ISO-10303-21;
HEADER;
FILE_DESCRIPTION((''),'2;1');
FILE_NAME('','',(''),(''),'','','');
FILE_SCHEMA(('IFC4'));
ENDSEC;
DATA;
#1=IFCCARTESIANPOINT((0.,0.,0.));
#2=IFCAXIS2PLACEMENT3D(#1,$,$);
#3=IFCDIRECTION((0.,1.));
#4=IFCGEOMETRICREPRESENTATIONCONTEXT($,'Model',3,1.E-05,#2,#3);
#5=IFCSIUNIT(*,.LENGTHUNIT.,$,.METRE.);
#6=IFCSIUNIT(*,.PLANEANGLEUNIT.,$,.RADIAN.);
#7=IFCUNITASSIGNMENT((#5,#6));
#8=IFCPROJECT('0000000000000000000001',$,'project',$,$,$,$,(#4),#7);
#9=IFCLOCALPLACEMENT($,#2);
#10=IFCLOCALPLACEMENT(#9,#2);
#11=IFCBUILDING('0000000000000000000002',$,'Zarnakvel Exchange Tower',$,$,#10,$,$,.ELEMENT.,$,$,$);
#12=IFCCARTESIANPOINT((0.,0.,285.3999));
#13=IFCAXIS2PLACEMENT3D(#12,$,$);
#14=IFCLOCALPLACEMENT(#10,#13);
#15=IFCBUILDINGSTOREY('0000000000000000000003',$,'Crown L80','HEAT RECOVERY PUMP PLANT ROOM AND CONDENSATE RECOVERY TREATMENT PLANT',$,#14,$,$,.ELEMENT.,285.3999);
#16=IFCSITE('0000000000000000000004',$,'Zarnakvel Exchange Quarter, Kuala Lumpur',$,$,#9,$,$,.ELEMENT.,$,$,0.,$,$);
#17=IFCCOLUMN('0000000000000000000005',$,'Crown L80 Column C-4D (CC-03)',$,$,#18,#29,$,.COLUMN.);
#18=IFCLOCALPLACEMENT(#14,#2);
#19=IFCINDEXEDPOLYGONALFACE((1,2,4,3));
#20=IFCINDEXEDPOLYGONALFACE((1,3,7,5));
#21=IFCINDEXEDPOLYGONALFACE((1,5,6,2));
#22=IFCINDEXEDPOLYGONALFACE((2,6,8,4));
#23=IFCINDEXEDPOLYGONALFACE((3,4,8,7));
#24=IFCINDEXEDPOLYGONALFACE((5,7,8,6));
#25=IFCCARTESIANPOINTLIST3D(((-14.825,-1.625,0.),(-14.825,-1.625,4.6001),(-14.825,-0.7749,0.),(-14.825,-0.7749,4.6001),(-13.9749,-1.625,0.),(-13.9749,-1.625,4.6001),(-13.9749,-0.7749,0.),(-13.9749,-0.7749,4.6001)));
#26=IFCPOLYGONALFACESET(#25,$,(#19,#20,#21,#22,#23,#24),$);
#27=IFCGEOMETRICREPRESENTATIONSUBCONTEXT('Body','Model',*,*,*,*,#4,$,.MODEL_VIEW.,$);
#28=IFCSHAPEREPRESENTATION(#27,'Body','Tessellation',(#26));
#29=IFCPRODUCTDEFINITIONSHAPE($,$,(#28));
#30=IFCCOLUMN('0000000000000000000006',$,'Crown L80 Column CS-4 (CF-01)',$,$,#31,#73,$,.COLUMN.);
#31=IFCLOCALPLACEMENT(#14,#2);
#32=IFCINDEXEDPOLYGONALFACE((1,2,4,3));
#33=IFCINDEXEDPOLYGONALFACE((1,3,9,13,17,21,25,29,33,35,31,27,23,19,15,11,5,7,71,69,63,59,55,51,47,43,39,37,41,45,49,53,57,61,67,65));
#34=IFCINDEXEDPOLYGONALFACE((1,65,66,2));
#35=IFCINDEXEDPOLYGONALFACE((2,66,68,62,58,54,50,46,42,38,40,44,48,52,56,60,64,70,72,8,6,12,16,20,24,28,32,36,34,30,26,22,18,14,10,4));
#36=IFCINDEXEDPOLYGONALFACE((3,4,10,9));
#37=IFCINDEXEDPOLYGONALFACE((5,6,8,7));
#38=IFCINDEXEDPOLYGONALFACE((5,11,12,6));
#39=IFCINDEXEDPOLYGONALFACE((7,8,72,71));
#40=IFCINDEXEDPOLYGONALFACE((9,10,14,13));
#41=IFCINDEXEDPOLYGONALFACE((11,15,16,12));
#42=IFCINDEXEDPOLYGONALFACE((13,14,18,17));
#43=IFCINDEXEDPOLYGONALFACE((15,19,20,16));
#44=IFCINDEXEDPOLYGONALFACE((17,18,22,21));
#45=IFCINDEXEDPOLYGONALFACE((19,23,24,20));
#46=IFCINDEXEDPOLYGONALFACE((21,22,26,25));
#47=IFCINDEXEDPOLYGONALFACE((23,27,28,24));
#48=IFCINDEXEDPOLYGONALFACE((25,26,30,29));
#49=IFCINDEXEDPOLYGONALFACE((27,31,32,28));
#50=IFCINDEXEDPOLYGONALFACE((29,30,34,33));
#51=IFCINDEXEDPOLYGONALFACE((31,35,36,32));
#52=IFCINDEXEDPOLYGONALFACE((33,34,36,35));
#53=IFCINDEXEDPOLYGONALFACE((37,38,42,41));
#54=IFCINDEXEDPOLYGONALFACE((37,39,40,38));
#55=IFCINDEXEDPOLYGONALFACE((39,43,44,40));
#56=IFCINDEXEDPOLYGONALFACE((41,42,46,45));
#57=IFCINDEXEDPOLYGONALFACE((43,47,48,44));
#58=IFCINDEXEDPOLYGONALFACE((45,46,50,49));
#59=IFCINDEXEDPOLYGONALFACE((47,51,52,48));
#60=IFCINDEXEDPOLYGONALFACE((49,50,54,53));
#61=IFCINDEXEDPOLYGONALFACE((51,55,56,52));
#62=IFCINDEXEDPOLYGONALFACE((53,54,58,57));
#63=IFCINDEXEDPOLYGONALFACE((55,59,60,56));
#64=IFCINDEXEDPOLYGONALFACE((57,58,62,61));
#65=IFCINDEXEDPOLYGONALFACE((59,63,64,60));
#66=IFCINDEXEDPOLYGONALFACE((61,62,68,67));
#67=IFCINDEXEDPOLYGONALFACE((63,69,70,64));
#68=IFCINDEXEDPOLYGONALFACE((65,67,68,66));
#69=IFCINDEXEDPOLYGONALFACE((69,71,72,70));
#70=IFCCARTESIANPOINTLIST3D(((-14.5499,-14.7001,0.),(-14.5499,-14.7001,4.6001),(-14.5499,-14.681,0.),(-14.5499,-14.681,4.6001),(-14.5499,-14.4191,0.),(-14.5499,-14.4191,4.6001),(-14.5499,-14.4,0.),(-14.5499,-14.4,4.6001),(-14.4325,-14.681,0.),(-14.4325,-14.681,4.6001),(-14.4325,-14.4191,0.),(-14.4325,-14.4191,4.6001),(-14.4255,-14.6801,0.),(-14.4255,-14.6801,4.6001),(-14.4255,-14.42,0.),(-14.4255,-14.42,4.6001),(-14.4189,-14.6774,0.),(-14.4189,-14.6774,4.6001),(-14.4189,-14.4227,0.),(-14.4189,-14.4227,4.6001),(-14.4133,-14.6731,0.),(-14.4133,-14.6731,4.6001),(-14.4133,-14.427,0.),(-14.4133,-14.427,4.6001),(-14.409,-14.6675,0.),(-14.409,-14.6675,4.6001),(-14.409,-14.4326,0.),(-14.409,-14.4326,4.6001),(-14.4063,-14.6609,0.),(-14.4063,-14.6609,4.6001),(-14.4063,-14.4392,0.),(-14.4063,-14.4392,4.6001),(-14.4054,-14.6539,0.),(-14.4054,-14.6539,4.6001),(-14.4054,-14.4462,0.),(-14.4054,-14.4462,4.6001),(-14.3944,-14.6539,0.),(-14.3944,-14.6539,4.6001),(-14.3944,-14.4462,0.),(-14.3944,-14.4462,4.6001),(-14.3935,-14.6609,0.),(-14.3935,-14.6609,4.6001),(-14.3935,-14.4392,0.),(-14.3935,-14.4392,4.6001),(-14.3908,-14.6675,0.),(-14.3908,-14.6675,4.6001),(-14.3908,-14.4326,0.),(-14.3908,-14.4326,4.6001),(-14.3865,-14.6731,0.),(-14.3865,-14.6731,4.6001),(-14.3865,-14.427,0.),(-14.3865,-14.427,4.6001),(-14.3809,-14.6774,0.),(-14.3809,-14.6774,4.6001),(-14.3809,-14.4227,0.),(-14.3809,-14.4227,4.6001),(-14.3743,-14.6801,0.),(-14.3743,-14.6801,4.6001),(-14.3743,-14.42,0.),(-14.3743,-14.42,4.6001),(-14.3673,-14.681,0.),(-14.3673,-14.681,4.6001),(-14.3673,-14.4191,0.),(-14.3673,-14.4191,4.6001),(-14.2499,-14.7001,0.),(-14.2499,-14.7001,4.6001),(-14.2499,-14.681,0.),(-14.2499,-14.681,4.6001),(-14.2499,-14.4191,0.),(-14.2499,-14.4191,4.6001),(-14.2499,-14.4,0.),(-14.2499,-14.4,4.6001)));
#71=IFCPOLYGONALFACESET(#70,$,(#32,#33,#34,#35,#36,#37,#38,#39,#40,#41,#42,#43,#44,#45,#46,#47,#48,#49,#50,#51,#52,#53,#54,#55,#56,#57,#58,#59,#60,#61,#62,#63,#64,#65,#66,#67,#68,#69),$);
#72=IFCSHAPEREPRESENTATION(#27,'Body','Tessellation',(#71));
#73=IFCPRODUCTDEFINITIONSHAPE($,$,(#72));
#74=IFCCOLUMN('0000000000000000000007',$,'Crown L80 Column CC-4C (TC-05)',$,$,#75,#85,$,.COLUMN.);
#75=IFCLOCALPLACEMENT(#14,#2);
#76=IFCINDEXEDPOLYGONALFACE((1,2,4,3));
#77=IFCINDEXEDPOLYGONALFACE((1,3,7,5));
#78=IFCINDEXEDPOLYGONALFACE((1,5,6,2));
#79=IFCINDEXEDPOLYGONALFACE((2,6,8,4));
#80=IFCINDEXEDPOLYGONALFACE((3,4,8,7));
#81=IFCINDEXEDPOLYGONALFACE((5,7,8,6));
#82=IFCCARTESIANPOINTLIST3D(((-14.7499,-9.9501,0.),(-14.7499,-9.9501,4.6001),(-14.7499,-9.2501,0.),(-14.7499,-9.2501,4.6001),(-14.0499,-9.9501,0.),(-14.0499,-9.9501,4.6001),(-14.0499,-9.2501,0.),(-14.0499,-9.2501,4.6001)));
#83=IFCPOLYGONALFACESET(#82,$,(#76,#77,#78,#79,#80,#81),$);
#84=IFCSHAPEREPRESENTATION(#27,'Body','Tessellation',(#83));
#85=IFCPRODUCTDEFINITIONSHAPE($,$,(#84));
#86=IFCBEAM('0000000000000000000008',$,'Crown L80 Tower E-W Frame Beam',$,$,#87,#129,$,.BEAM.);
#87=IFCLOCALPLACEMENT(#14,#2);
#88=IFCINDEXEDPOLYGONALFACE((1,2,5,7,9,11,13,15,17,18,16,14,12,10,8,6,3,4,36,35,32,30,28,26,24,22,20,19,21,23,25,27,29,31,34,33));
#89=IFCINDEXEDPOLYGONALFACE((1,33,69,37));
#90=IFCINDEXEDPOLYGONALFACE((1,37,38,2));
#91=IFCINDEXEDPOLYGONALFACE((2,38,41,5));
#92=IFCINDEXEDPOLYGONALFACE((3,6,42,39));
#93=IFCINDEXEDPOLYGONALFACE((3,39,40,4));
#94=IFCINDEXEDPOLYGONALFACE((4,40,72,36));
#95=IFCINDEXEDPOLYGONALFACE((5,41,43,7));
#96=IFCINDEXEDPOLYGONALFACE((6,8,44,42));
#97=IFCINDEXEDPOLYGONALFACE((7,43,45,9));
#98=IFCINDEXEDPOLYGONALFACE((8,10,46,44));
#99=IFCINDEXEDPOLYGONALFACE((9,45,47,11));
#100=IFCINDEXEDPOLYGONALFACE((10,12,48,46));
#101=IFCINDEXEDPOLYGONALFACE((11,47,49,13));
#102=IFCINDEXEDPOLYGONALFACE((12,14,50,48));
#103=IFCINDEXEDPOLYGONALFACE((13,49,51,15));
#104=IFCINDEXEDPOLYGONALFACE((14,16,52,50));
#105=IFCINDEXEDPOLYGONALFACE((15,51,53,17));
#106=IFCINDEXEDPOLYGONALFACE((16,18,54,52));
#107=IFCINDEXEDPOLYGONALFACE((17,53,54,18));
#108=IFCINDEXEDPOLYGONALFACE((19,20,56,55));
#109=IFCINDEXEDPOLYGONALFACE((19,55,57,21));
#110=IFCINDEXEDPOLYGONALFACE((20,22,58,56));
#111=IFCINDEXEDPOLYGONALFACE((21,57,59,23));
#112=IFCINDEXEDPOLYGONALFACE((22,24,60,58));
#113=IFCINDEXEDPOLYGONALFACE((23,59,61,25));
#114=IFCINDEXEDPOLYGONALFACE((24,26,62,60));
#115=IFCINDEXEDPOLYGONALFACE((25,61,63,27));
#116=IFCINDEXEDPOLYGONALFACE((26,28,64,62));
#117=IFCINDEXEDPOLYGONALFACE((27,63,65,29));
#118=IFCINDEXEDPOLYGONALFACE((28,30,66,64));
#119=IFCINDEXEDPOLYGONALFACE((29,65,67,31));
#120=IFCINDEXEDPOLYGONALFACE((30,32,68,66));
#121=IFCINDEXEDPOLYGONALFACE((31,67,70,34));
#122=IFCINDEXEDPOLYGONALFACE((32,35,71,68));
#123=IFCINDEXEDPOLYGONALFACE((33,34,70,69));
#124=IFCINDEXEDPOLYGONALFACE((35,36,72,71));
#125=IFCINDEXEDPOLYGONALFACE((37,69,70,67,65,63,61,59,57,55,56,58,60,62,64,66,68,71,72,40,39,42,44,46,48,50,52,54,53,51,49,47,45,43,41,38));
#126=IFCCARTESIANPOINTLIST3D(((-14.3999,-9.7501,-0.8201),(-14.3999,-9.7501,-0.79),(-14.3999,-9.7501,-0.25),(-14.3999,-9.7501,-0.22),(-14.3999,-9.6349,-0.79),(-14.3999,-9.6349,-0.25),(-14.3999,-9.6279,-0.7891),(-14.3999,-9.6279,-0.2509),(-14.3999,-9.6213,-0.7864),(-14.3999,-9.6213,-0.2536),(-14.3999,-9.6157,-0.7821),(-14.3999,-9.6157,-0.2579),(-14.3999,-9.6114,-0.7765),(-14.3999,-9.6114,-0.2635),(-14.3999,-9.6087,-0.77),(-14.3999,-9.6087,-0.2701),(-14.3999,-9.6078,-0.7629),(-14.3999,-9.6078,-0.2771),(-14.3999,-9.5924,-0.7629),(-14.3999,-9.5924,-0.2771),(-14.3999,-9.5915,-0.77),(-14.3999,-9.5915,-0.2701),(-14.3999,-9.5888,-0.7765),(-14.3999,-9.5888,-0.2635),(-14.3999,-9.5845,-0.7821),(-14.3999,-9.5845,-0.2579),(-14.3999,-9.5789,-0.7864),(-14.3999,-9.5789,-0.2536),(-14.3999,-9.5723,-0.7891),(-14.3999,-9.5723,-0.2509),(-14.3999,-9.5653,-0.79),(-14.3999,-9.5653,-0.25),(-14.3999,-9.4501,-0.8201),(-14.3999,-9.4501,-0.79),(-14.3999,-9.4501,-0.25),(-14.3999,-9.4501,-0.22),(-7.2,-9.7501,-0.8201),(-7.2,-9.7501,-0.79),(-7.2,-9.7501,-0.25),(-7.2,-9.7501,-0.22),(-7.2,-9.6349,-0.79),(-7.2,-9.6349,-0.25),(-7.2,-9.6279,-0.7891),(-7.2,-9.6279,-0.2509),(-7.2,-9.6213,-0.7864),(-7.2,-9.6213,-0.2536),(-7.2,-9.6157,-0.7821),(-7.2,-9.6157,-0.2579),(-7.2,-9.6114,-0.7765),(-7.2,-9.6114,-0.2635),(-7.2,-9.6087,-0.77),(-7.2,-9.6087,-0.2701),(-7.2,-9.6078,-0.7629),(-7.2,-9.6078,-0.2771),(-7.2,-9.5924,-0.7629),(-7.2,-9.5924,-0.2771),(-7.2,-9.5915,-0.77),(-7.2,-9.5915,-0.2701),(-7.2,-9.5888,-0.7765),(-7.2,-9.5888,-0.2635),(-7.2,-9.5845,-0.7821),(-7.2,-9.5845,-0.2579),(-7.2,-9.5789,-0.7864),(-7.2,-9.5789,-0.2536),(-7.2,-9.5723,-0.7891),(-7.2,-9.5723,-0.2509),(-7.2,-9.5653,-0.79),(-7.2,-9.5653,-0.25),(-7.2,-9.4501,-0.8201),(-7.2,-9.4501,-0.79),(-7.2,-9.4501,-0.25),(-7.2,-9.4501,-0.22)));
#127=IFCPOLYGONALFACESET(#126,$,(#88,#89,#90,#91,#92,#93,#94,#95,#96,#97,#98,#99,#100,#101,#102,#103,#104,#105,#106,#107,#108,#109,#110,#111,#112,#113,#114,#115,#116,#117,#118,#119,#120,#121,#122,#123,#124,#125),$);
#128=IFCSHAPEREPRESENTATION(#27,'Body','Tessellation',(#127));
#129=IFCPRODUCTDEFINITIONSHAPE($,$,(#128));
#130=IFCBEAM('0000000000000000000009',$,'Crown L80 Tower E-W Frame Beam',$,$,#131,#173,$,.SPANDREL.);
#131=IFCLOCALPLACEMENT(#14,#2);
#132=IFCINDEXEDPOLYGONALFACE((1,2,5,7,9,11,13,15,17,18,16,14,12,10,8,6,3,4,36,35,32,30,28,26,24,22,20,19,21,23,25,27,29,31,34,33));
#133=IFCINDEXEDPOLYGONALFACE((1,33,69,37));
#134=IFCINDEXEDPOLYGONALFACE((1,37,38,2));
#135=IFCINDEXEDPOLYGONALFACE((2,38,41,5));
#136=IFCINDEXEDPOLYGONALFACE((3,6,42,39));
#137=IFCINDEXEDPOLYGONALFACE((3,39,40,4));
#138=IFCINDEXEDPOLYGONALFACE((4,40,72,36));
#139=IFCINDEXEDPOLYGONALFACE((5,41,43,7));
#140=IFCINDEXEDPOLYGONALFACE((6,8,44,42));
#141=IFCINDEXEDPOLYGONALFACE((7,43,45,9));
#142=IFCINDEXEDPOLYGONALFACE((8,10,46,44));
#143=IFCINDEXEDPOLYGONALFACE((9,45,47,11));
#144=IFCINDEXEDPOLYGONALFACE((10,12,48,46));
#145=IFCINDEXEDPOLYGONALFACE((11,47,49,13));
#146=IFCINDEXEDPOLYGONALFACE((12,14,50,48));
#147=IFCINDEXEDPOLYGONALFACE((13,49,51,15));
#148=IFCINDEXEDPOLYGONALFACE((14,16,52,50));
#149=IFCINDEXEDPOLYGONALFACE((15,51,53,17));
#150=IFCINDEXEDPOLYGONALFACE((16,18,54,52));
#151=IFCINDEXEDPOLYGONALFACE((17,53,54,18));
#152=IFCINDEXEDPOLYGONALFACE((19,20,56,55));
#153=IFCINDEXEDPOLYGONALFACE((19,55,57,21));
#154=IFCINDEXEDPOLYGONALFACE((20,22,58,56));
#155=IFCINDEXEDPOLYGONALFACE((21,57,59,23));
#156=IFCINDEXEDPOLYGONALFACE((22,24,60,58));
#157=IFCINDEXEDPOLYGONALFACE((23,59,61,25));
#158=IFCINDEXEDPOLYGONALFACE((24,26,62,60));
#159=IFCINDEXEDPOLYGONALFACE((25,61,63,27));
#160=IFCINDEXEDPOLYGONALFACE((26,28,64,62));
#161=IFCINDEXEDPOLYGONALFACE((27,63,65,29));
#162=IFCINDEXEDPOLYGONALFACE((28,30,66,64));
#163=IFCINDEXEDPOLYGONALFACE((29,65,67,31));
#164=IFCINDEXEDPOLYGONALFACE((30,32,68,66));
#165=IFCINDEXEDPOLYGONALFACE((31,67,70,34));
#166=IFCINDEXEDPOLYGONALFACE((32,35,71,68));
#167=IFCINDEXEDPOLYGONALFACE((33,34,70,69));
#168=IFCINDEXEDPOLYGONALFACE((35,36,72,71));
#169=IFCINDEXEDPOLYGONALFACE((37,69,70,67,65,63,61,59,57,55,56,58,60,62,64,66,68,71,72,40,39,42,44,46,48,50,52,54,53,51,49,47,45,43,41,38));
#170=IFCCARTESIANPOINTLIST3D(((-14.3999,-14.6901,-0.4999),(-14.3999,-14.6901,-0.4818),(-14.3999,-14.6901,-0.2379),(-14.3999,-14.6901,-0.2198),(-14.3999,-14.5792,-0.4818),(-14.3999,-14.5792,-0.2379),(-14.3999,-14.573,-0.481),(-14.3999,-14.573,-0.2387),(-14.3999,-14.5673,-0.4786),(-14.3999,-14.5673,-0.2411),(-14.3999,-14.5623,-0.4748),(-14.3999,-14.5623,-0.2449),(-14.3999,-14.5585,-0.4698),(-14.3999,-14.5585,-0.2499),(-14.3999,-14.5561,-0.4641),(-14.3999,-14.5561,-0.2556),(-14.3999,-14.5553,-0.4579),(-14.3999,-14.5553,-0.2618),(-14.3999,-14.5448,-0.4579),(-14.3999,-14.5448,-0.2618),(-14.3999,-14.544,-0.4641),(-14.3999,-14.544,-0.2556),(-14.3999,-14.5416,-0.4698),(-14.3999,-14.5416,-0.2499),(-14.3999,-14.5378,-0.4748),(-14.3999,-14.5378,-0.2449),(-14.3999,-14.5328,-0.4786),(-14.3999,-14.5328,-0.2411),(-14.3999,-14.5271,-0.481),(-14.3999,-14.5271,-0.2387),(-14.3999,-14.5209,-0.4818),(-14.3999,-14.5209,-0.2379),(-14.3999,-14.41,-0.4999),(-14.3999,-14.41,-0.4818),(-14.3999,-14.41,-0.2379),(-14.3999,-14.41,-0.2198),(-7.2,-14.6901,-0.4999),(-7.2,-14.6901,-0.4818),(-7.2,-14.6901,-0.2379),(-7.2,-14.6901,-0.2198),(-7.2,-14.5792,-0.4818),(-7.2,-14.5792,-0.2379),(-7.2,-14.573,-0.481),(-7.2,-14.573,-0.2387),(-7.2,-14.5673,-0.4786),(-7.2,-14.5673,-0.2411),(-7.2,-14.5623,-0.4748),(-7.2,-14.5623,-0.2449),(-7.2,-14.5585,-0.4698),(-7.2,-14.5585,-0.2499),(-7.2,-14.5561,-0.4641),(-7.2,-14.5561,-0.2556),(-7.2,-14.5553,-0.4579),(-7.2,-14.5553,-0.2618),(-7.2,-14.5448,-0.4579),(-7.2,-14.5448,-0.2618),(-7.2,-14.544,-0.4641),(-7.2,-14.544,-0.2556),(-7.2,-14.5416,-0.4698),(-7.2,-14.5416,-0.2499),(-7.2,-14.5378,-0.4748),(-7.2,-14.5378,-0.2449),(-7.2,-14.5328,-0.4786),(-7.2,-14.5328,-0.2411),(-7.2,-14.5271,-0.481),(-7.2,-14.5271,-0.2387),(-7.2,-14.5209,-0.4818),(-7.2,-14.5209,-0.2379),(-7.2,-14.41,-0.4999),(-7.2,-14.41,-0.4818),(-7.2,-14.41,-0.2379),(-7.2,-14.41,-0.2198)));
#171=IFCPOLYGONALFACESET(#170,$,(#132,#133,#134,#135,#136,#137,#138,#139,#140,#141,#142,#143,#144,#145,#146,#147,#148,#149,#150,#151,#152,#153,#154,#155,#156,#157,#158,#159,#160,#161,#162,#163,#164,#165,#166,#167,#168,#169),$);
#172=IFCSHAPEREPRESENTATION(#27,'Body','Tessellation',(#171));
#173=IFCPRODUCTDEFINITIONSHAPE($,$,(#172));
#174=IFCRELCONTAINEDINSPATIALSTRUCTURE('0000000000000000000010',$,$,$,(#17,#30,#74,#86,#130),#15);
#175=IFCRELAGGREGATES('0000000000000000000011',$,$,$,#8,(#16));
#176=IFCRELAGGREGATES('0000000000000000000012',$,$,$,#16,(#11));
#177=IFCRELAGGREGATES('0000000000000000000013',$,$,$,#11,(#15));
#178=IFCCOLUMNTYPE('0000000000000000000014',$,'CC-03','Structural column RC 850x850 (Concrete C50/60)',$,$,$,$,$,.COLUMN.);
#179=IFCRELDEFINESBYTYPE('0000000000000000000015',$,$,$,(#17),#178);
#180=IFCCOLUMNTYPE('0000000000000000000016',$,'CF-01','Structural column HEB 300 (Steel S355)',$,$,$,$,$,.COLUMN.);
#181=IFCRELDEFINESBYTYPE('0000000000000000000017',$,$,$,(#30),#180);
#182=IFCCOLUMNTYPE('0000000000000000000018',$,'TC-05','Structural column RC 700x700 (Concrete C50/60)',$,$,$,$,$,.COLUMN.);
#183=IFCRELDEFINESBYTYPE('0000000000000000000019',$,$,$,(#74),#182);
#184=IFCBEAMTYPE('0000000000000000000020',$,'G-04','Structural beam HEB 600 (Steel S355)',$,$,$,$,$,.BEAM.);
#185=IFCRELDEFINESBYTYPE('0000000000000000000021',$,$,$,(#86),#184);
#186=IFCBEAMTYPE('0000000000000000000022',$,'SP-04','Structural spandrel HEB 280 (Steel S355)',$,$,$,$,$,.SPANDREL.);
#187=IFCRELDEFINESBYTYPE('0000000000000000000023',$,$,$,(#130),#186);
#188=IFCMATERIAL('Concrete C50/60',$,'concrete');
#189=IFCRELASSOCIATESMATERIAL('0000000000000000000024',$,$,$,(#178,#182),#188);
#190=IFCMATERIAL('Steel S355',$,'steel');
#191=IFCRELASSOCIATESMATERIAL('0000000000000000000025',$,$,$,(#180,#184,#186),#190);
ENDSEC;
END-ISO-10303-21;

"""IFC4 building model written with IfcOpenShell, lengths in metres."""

from ifc_helpers import new_model, si_unit, direction, frame, origin, origin_2d, place, context, subcontext, project, spatial, rectangle, i_section, extrude, material, material_profile, profile_set, type_object, element, save


model = new_model("IFC4")

# Units and contexts
model_context = context("Model", 3, precision=1e-05, world=origin(), true_north=direction((0.0, 1.0)))
body_context = subcontext(model_context, "Body", "Model", "MODEL_VIEW")
ifc_project = project(units=[si_unit("LENGTHUNIT", "METRE"), si_unit("PLANEANGLEUNIT", "RADIAN")], contexts=[model_context])

# Site, building, storey
site_placement = place(None, origin())
site = spatial("IfcSite", under=ifc_project, at=site_placement, Name="Zarnakvel Exchange Quarter, Kuala Lumpur", CompositionType="ELEMENT", RefElevation=0.0)
building_placement = place(site_placement, origin())
building = spatial("IfcBuilding", under=site, at=building_placement, Name="Zarnakvel Exchange Tower", CompositionType="ELEMENT")
storey_placement = place(building_placement, frame((0.0, 0.0, 285.3999)))
storey = spatial("IfcBuildingStorey", under=building, at=storey_placement, Name="Crown L80", Description="HEAT RECOVERY PUMP PLANT ROOM AND CONDENSATE RECOVERY TREATMENT PLANT", CompositionType="ELEMENT", Elevation=285.3999)

# Columns
ifc_material_1 = material(Name="Concrete C50/60", Category="concrete")
ifc_material_profile_1 = material_profile(ifc_material_1, rectangle(XDim=0.8501, YDim=0.8501, at=origin_2d()))
ifc_profile_set_1 = profile_set([ifc_material_profile_1], Name="Concrete C50/60")
column_type_1 = type_object("IfcColumnType", Name="CC-03", Description="Structural column RC 850x850 (Concrete C50/60)", PredefinedType="COLUMN", material=ifc_profile_set_1)
column_1_placement = place(storey_placement, frame((-14.3999, -1.2, 0.0), z_axis=(0.0, 0.0, 1.0), x_axis=(1.0, 0.0, 0.0)))
element("IfcColumn", 1, at=column_1_placement, inside=storey, type_object=column_type_1, Name="Crown L80 Column C-4D (CC-03)", PredefinedType="COLUMN", context=body_context, shape_type="SweptSolid", body=[
    extrude(rectangle(XDim=0.8501, YDim=0.8501, at=origin_2d()), origin(), (0.0, 0.0, 1.0), 4.6001),
])
ifc_material_2 = material(Name="Steel S355", Category="steel")
ifc_material_profile_2 = material_profile(ifc_material_2, i_section(OverallWidth=0.3, OverallDepth=0.3, WebThickness=0.011, FlangeThickness=0.019, FilletRadius=0.0271, at=origin_2d()))
ifc_profile_set_2 = profile_set([ifc_material_profile_2], Name="Steel S355")
column_type_2 = type_object("IfcColumnType", Name="CF-01", Description="Structural column HEB 300 (Steel S355)", PredefinedType="COLUMN", material=ifc_profile_set_2)
column_2_placement = place(storey_placement, frame((-14.3999, -14.55, 0.0), z_axis=(0.0, 0.0, 1.0), x_axis=(1.0, 0.0, 0.0)))
element("IfcColumn", 2, at=column_2_placement, inside=storey, type_object=column_type_2, Name="Crown L80 Column CS-4 (CF-01)", PredefinedType="COLUMN", context=body_context, shape_type="SweptSolid", body=[
    extrude(i_section(OverallWidth=0.3, OverallDepth=0.3, WebThickness=0.011, FlangeThickness=0.019, FilletRadius=0.0271, at=origin_2d()), origin(), (0.0, 0.0, 1.0), 4.6001),
])
ifc_material_profile_3 = material_profile(ifc_material_1, rectangle(XDim=0.7, YDim=0.7, at=origin_2d()))
ifc_profile_set_3 = profile_set([ifc_material_profile_3], Name="Concrete C50/60")
column_type_3 = type_object("IfcColumnType", Name="TC-05", Description="Structural column RC 700x700 (Concrete C50/60)", PredefinedType="COLUMN", material=ifc_profile_set_3)
column_3_placement = place(storey_placement, frame((-14.3999, -9.6001, 0.0), z_axis=(0.0, 0.0, 1.0), x_axis=(1.0, 0.0, 0.0)))
element("IfcColumn", 3, at=column_3_placement, inside=storey, type_object=column_type_3, Name="Crown L80 Column CC-4C (TC-05)", PredefinedType="COLUMN", context=body_context, shape_type="SweptSolid", body=[
    extrude(rectangle(XDim=0.7, YDim=0.7, at=origin_2d()), origin(), (0.0, 0.0, 1.0), 4.6001),
])

# Beams
ifc_material_profile_4 = material_profile(ifc_material_2, i_section(OverallWidth=0.3, OverallDepth=0.6001, WebThickness=0.0154, FlangeThickness=0.03, FilletRadius=0.0271, at=origin_2d()))
ifc_profile_set_4 = profile_set([ifc_material_profile_4], Name="Steel S355")
beam_type_1 = type_object("IfcBeamType", Name="G-04", Description="Structural beam HEB 600 (Steel S355)", PredefinedType="BEAM", material=ifc_profile_set_4)
beam_1_placement = place(storey_placement, frame((-14.3999, -9.6001, -0.52), z_axis=(1.0, 0.0, 0.0), x_axis=(0.0, 1.0, 0.0)))
element("IfcBeam", 4, at=beam_1_placement, inside=storey, type_object=beam_type_1, Name="Crown L80 Tower E-W Frame Beam", PredefinedType="BEAM", context=body_context, shape_type="SweptSolid", body=[
    extrude(i_section(OverallWidth=0.3, OverallDepth=0.6001, WebThickness=0.0154, FlangeThickness=0.03, FilletRadius=0.0271, at=origin_2d()), origin(), (0.0, 0.0, 1.0), 7.2),
])
ifc_material_profile_5 = material_profile(ifc_material_2, i_section(OverallWidth=0.28, OverallDepth=0.28, WebThickness=0.0105, FlangeThickness=0.0181, FilletRadius=0.0239, at=origin_2d()))
ifc_profile_set_5 = profile_set([ifc_material_profile_5], Name="Steel S355")
beam_type_2 = type_object("IfcBeamType", Name="SP-04", Description="Structural spandrel HEB 280 (Steel S355)", PredefinedType="SPANDREL", material=ifc_profile_set_5)
beam_2_placement = place(storey_placement, frame((-14.3999, -14.55, -0.3599), z_axis=(1.0, 0.0, 0.0), x_axis=(0.0, 1.0, 0.0)))
element("IfcBeam", 5, at=beam_2_placement, inside=storey, type_object=beam_type_2, Name="Crown L80 Tower E-W Frame Beam", PredefinedType="SPANDREL", context=body_context, shape_type="SweptSolid", body=[
    extrude(i_section(OverallWidth=0.28, OverallDepth=0.28, WebThickness=0.0105, FlangeThickness=0.0181, FilletRadius=0.0239, at=origin_2d()), origin(), (0.0, 0.0, 1.0), 7.2),
])

save(model, "model.ifc")
